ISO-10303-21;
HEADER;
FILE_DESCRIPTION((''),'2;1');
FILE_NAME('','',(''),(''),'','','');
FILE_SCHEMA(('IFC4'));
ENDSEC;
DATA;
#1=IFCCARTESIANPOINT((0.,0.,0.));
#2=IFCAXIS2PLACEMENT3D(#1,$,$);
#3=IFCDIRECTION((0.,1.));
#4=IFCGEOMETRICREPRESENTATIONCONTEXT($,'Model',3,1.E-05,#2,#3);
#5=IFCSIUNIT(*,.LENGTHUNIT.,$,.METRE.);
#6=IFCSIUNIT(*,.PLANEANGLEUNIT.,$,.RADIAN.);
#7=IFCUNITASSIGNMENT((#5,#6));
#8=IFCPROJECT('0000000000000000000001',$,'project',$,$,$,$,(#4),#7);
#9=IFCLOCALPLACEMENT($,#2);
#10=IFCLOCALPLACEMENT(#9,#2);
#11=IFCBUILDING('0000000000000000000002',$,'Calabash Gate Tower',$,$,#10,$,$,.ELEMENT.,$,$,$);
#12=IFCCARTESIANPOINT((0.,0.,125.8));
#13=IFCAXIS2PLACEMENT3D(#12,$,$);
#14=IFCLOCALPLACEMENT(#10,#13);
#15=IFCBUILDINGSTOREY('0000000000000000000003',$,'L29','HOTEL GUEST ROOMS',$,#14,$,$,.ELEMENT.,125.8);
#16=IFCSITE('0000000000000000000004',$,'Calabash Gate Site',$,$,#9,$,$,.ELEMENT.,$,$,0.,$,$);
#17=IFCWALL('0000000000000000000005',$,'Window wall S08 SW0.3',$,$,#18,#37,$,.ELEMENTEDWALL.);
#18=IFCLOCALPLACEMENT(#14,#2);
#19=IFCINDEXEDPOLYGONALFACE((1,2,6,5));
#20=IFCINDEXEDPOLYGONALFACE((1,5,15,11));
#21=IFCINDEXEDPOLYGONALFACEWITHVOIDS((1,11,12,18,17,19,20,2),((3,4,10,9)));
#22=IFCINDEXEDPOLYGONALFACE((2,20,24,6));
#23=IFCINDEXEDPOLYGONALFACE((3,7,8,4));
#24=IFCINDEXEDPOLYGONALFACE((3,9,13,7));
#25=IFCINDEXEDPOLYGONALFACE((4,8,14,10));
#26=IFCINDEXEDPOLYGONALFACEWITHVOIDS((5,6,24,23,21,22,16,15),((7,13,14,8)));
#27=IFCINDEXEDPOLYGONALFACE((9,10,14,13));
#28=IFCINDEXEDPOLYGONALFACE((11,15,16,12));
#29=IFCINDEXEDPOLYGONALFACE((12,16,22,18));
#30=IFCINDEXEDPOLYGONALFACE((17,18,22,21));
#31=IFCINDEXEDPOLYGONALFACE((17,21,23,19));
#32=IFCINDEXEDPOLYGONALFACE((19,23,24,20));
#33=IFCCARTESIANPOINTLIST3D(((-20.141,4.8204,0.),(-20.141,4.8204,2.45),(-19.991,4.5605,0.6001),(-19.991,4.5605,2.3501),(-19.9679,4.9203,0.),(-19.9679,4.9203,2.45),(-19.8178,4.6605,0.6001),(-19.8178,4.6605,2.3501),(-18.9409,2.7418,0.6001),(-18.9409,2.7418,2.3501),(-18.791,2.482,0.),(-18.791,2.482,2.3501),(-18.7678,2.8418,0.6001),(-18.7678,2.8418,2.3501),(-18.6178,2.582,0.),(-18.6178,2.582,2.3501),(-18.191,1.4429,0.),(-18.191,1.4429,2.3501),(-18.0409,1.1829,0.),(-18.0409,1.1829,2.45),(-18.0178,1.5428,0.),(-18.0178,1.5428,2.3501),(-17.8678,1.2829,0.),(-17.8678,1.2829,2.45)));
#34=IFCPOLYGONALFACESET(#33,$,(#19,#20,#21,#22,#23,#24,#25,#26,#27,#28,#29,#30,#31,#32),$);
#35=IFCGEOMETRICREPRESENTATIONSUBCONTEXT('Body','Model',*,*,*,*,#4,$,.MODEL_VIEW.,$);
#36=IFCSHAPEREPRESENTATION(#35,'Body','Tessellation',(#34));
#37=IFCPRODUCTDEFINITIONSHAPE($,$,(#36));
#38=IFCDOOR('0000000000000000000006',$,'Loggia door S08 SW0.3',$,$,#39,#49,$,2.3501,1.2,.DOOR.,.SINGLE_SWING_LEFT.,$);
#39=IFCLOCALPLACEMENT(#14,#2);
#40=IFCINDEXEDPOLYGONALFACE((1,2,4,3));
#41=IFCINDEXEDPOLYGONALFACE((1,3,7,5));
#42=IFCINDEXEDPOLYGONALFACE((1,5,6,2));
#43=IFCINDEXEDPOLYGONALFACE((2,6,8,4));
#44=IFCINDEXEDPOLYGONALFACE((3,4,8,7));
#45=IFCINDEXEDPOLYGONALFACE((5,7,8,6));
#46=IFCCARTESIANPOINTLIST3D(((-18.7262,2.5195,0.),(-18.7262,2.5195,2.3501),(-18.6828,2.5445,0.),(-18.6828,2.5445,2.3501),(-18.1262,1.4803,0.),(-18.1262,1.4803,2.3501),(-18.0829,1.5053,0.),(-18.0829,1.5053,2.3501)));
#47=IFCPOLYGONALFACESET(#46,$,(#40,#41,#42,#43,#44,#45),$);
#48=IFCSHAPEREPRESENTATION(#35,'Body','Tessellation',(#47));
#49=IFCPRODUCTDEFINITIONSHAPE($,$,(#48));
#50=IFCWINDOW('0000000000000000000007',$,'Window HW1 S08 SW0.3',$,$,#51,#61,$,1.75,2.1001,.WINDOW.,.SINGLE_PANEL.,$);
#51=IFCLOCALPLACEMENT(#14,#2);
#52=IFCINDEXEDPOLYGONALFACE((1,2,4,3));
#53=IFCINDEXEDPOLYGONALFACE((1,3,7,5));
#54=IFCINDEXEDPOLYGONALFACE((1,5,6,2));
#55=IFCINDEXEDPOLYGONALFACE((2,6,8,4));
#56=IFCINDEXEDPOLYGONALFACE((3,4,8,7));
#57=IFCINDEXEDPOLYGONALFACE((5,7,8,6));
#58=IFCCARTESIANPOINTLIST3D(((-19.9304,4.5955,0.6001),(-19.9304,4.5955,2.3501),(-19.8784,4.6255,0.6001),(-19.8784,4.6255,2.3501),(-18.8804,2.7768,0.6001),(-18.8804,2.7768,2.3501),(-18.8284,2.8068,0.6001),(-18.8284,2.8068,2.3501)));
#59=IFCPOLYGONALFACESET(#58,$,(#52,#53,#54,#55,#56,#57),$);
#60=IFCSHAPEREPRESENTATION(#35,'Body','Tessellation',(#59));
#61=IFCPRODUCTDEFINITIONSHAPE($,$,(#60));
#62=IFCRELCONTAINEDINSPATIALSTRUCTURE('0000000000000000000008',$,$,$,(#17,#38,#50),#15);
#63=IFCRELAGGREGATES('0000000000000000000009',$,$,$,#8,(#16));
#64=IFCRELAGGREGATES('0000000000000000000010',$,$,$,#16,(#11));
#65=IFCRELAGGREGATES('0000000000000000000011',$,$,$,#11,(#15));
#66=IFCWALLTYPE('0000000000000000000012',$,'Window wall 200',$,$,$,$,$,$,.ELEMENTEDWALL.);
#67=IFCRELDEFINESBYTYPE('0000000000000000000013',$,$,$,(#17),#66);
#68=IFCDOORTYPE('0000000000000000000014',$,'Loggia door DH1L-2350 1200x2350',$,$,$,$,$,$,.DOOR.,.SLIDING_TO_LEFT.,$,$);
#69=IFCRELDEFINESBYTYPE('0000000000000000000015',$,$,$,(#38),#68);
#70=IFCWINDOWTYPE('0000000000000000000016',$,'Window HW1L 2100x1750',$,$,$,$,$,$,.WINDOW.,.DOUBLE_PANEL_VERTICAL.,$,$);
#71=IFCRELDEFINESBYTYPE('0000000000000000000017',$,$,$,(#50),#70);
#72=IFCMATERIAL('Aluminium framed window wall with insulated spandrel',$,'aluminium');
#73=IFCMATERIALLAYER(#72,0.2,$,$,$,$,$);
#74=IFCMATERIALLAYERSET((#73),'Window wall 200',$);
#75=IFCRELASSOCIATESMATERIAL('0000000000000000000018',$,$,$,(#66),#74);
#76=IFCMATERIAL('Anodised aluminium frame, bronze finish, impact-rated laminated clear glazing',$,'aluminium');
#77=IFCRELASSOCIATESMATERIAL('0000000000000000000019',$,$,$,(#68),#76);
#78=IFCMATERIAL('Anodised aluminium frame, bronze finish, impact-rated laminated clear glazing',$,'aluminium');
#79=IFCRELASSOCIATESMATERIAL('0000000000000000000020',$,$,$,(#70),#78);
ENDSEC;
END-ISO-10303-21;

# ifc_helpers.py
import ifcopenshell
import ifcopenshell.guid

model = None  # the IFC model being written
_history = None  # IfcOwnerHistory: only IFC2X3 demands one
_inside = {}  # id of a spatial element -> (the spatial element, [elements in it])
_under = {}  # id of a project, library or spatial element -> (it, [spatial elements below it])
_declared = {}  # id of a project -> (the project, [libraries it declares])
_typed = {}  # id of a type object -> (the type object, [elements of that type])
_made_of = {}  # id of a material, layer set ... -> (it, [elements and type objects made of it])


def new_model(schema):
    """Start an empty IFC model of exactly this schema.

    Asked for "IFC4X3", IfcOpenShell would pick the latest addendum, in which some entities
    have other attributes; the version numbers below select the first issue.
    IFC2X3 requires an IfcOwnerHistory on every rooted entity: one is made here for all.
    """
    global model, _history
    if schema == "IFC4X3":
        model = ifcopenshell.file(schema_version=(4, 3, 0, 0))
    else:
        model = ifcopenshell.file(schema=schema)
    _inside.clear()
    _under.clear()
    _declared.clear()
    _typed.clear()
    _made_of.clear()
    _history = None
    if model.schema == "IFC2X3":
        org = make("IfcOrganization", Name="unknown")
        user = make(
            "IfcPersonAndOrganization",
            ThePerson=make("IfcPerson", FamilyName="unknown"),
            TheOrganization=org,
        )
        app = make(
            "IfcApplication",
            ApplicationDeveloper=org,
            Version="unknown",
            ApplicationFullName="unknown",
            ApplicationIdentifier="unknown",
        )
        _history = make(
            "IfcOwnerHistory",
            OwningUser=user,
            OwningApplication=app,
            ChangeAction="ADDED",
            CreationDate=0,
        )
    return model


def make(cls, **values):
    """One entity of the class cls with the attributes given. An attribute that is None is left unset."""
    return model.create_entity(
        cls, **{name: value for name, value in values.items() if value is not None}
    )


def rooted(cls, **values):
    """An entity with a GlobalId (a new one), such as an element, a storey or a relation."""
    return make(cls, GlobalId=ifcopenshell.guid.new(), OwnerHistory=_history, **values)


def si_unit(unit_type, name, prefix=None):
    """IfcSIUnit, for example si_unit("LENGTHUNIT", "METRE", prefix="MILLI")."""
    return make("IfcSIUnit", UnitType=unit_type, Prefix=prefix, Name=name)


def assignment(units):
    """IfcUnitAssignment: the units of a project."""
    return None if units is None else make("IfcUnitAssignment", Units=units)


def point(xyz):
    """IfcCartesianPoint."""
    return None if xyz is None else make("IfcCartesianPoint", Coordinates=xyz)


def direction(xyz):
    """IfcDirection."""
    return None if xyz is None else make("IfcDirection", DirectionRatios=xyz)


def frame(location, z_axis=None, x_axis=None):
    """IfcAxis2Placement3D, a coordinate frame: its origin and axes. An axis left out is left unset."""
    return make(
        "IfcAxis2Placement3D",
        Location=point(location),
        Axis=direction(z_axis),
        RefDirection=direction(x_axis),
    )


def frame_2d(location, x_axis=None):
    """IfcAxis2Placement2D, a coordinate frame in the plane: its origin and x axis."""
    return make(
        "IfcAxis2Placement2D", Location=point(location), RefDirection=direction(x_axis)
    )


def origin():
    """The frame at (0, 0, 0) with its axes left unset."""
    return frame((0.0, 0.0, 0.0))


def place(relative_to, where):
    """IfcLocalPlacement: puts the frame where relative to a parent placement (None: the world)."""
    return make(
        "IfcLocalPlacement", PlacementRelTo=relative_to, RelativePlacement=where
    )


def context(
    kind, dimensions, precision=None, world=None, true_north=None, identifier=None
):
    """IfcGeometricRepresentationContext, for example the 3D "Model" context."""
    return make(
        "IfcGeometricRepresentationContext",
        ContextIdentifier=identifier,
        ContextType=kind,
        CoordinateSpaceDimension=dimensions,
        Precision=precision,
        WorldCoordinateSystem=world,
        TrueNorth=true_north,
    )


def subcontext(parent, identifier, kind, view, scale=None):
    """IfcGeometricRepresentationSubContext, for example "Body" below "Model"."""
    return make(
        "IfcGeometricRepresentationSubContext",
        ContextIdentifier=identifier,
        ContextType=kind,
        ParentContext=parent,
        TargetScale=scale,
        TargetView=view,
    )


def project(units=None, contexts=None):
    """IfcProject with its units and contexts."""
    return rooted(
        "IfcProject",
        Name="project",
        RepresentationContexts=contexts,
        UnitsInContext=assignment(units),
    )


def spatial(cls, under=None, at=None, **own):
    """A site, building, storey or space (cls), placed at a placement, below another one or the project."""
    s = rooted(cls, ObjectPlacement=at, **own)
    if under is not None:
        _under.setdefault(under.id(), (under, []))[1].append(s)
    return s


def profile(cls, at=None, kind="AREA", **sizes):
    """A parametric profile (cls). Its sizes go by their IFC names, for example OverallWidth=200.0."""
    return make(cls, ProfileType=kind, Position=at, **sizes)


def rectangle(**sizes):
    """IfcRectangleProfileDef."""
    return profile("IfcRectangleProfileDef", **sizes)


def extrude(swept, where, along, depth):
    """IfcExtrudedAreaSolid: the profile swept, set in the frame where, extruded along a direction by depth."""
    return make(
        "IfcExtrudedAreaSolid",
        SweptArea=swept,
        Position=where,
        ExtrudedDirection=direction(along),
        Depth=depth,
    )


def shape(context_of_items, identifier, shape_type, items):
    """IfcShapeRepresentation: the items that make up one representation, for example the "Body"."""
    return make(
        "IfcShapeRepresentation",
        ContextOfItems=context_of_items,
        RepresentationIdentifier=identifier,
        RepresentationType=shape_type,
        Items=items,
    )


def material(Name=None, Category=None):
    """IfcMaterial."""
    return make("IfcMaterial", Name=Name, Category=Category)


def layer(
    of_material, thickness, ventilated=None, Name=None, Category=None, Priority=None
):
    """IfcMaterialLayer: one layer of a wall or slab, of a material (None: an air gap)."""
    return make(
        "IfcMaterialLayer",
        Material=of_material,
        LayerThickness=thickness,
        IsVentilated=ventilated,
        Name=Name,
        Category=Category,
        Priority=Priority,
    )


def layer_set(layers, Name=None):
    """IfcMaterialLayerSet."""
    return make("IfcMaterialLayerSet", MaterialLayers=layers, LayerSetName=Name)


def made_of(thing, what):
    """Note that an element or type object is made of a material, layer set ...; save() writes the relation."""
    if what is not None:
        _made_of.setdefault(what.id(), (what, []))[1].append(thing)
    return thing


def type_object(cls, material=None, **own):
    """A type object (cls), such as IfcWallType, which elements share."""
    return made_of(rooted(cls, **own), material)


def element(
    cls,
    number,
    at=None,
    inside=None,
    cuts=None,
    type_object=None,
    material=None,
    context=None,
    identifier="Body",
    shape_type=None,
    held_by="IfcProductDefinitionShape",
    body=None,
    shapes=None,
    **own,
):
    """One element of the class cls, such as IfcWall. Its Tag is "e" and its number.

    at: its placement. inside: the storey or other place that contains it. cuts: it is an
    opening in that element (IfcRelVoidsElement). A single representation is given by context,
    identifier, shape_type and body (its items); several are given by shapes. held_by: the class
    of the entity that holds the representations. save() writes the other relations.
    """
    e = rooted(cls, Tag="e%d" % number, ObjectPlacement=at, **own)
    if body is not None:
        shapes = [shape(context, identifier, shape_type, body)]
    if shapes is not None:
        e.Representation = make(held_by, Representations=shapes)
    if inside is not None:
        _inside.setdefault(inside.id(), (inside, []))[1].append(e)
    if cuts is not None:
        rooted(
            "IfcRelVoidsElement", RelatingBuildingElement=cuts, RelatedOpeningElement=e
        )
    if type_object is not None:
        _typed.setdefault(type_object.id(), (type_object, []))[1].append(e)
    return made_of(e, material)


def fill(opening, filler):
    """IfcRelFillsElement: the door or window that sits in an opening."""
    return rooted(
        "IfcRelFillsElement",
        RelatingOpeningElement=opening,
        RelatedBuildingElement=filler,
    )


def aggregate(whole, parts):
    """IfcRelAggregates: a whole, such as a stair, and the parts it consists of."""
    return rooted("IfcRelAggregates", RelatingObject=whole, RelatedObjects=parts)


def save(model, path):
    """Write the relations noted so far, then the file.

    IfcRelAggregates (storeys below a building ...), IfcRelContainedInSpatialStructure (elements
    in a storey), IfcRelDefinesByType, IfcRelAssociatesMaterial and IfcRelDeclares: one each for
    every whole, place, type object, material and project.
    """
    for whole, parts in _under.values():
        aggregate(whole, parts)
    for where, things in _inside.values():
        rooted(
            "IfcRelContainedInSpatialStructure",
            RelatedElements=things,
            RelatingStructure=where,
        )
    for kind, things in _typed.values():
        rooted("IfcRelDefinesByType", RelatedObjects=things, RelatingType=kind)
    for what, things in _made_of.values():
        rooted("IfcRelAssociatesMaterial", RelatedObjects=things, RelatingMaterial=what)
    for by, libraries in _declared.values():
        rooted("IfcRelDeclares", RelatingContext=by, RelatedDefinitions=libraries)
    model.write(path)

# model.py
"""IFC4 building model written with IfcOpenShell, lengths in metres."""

from ifc_helpers import new_model, si_unit, direction, frame, frame_2d, origin, place, context, subcontext, project, spatial, rectangle, extrude, material, layer, layer_set, type_object, element, fill, save


model = new_model("IFC4")

# Units and contexts
model_context = context("Model", 3, precision=1e-05, world=origin(), true_north=direction((0.0, 1.0)))
body_context = subcontext(model_context, "Body", "Model", "MODEL_VIEW")
ifc_project = project(units=[si_unit("LENGTHUNIT", "METRE"), si_unit("PLANEANGLEUNIT", "RADIAN")], contexts=[model_context])

# Site, building, storey
site_placement = place(None, origin())
site = spatial("IfcSite", under=ifc_project, at=site_placement, Name="Calabash Gate Site", CompositionType="ELEMENT", RefElevation=0.0)
building_placement = place(site_placement, origin())
building = spatial("IfcBuilding", under=site, at=building_placement, Name="Calabash Gate Tower", CompositionType="ELEMENT")
storey_placement = place(building_placement, frame((0.0, 0.0, 125.8)))
storey = spatial("IfcBuildingStorey", under=building, at=storey_placement, Name="L29", Description="HOTEL GUEST ROOMS", CompositionType="ELEMENT", Elevation=125.8)

# Wall, openings, door, window
ifc_material_1 = material(Name="Aluminium framed window wall with insulated spandrel", Category="aluminium")
ifc_layer_1 = layer(ifc_material_1, 0.2)
ifc_layer_set_1 = layer_set([ifc_layer_1], Name="Window wall 200")
wall_type_1 = type_object("IfcWallType", Name="Window wall 200", PredefinedType="ELEMENTEDWALL", material=ifc_layer_set_1)
wall_1_placement = place(storey_placement, frame((-20.0544, 4.8704, 0.0), z_axis=(0.0, 0.0, 1.0), x_axis=(0.500003, -0.866024, 0.0)))
wall_1 = element("IfcWall", 1, at=wall_1_placement, inside=storey, type_object=wall_type_1, Name="Window wall S08 SW0.3", PredefinedType="ELEMENTEDWALL", context=body_context, shape_type="SweptSolid", body=[
    extrude(rectangle(XDim=4.2002, YDim=0.2, at=frame_2d((2.1001, 0.0))), origin(), (0.0, 0.0, 1.0), 2.45),
])
opening_1_placement = place(wall_1_placement, frame((0.3, 0.0, 0.6001)))
opening_1 = element("IfcOpeningElement", 2, at=opening_1_placement, cuts=wall_1, PredefinedType="OPENING", context=body_context, shape_type="SweptSolid", body=[
    extrude(rectangle(XDim=2.1001, YDim=1.75, at=frame_2d((1.05, 0.875))), frame((0.0, 0.1099, 0.0), z_axis=(0.0, -1.0, 0.0), x_axis=(1.0, 0.0, 0.0)), (0.0, 0.0, 1.0), 0.22),
])
opening_2_placement = place(wall_1_placement, frame((2.7, 0.0, 0.0)))
opening_2 = element("IfcOpeningElement", 3, at=opening_2_placement, cuts=wall_1, PredefinedType="OPENING", context=body_context, shape_type="SweptSolid", body=[
    extrude(rectangle(XDim=1.2, YDim=2.3501, at=frame_2d((0.6001, 1.175))), frame((0.0, 0.1099, 0.0), z_axis=(0.0, -1.0, 0.0), x_axis=(1.0, 0.0, 0.0)), (0.0, 0.0, 1.0), 0.22),
])
ifc_material_2 = material(Name="Anodised aluminium frame, bronze finish, impact-rated laminated clear glazing", Category="aluminium")
door_type_1 = type_object("IfcDoorType", Name="Loggia door DH1L-2350 1200x2350", OperationType="SLIDING_TO_LEFT", PredefinedType="DOOR", material=ifc_material_2)
door_1_placement = place(opening_2_placement, origin())
door_1 = element("IfcDoor", 4, at=door_1_placement, inside=storey, type_object=door_type_1, Name="Loggia door S08 SW0.3", OperationType="SINGLE_SWING_LEFT", OverallHeight=2.3501, OverallWidth=1.2, PredefinedType="DOOR", context=body_context, shape_type="SweptSolid", body=[
    extrude(rectangle(XDim=1.2, YDim=2.3501, at=frame_2d((0.6001, 1.175))), frame((0.0, 0.0249, 0.0), z_axis=(0.0, -1.0, 0.0), x_axis=(1.0, 0.0, 0.0)), (0.0, 0.0, 1.0), 0.05),
])
fill(opening_2, door_1)
ifc_material_3 = material(Name="Anodised aluminium frame, bronze finish, impact-rated laminated clear glazing", Category="aluminium")
window_type = type_object("IfcWindowType", Name="Window HW1L 2100x1750", PartitioningType="DOUBLE_PANEL_VERTICAL", PredefinedType="WINDOW", material=ifc_material_3)
window_placement = place(opening_1_placement, origin())
window = element("IfcWindow", 5, at=window_placement, inside=storey, type_object=window_type, Name="Window HW1 S08 SW0.3", OverallHeight=1.75, OverallWidth=2.1001, PartitioningType="SINGLE_PANEL", PredefinedType="WINDOW", context=body_context, shape_type="SweptSolid", body=[
    extrude(rectangle(XDim=2.1001, YDim=1.75, at=frame_2d((1.05, 0.875))), frame((0.0, 0.03, 0.0), z_axis=(0.0, -1.0, 0.0), x_axis=(1.0, 0.0, 0.0)), (0.0, 0.0, 1.0), 0.0601),
])
fill(opening_1, window)

save(model, "model.ifc")
